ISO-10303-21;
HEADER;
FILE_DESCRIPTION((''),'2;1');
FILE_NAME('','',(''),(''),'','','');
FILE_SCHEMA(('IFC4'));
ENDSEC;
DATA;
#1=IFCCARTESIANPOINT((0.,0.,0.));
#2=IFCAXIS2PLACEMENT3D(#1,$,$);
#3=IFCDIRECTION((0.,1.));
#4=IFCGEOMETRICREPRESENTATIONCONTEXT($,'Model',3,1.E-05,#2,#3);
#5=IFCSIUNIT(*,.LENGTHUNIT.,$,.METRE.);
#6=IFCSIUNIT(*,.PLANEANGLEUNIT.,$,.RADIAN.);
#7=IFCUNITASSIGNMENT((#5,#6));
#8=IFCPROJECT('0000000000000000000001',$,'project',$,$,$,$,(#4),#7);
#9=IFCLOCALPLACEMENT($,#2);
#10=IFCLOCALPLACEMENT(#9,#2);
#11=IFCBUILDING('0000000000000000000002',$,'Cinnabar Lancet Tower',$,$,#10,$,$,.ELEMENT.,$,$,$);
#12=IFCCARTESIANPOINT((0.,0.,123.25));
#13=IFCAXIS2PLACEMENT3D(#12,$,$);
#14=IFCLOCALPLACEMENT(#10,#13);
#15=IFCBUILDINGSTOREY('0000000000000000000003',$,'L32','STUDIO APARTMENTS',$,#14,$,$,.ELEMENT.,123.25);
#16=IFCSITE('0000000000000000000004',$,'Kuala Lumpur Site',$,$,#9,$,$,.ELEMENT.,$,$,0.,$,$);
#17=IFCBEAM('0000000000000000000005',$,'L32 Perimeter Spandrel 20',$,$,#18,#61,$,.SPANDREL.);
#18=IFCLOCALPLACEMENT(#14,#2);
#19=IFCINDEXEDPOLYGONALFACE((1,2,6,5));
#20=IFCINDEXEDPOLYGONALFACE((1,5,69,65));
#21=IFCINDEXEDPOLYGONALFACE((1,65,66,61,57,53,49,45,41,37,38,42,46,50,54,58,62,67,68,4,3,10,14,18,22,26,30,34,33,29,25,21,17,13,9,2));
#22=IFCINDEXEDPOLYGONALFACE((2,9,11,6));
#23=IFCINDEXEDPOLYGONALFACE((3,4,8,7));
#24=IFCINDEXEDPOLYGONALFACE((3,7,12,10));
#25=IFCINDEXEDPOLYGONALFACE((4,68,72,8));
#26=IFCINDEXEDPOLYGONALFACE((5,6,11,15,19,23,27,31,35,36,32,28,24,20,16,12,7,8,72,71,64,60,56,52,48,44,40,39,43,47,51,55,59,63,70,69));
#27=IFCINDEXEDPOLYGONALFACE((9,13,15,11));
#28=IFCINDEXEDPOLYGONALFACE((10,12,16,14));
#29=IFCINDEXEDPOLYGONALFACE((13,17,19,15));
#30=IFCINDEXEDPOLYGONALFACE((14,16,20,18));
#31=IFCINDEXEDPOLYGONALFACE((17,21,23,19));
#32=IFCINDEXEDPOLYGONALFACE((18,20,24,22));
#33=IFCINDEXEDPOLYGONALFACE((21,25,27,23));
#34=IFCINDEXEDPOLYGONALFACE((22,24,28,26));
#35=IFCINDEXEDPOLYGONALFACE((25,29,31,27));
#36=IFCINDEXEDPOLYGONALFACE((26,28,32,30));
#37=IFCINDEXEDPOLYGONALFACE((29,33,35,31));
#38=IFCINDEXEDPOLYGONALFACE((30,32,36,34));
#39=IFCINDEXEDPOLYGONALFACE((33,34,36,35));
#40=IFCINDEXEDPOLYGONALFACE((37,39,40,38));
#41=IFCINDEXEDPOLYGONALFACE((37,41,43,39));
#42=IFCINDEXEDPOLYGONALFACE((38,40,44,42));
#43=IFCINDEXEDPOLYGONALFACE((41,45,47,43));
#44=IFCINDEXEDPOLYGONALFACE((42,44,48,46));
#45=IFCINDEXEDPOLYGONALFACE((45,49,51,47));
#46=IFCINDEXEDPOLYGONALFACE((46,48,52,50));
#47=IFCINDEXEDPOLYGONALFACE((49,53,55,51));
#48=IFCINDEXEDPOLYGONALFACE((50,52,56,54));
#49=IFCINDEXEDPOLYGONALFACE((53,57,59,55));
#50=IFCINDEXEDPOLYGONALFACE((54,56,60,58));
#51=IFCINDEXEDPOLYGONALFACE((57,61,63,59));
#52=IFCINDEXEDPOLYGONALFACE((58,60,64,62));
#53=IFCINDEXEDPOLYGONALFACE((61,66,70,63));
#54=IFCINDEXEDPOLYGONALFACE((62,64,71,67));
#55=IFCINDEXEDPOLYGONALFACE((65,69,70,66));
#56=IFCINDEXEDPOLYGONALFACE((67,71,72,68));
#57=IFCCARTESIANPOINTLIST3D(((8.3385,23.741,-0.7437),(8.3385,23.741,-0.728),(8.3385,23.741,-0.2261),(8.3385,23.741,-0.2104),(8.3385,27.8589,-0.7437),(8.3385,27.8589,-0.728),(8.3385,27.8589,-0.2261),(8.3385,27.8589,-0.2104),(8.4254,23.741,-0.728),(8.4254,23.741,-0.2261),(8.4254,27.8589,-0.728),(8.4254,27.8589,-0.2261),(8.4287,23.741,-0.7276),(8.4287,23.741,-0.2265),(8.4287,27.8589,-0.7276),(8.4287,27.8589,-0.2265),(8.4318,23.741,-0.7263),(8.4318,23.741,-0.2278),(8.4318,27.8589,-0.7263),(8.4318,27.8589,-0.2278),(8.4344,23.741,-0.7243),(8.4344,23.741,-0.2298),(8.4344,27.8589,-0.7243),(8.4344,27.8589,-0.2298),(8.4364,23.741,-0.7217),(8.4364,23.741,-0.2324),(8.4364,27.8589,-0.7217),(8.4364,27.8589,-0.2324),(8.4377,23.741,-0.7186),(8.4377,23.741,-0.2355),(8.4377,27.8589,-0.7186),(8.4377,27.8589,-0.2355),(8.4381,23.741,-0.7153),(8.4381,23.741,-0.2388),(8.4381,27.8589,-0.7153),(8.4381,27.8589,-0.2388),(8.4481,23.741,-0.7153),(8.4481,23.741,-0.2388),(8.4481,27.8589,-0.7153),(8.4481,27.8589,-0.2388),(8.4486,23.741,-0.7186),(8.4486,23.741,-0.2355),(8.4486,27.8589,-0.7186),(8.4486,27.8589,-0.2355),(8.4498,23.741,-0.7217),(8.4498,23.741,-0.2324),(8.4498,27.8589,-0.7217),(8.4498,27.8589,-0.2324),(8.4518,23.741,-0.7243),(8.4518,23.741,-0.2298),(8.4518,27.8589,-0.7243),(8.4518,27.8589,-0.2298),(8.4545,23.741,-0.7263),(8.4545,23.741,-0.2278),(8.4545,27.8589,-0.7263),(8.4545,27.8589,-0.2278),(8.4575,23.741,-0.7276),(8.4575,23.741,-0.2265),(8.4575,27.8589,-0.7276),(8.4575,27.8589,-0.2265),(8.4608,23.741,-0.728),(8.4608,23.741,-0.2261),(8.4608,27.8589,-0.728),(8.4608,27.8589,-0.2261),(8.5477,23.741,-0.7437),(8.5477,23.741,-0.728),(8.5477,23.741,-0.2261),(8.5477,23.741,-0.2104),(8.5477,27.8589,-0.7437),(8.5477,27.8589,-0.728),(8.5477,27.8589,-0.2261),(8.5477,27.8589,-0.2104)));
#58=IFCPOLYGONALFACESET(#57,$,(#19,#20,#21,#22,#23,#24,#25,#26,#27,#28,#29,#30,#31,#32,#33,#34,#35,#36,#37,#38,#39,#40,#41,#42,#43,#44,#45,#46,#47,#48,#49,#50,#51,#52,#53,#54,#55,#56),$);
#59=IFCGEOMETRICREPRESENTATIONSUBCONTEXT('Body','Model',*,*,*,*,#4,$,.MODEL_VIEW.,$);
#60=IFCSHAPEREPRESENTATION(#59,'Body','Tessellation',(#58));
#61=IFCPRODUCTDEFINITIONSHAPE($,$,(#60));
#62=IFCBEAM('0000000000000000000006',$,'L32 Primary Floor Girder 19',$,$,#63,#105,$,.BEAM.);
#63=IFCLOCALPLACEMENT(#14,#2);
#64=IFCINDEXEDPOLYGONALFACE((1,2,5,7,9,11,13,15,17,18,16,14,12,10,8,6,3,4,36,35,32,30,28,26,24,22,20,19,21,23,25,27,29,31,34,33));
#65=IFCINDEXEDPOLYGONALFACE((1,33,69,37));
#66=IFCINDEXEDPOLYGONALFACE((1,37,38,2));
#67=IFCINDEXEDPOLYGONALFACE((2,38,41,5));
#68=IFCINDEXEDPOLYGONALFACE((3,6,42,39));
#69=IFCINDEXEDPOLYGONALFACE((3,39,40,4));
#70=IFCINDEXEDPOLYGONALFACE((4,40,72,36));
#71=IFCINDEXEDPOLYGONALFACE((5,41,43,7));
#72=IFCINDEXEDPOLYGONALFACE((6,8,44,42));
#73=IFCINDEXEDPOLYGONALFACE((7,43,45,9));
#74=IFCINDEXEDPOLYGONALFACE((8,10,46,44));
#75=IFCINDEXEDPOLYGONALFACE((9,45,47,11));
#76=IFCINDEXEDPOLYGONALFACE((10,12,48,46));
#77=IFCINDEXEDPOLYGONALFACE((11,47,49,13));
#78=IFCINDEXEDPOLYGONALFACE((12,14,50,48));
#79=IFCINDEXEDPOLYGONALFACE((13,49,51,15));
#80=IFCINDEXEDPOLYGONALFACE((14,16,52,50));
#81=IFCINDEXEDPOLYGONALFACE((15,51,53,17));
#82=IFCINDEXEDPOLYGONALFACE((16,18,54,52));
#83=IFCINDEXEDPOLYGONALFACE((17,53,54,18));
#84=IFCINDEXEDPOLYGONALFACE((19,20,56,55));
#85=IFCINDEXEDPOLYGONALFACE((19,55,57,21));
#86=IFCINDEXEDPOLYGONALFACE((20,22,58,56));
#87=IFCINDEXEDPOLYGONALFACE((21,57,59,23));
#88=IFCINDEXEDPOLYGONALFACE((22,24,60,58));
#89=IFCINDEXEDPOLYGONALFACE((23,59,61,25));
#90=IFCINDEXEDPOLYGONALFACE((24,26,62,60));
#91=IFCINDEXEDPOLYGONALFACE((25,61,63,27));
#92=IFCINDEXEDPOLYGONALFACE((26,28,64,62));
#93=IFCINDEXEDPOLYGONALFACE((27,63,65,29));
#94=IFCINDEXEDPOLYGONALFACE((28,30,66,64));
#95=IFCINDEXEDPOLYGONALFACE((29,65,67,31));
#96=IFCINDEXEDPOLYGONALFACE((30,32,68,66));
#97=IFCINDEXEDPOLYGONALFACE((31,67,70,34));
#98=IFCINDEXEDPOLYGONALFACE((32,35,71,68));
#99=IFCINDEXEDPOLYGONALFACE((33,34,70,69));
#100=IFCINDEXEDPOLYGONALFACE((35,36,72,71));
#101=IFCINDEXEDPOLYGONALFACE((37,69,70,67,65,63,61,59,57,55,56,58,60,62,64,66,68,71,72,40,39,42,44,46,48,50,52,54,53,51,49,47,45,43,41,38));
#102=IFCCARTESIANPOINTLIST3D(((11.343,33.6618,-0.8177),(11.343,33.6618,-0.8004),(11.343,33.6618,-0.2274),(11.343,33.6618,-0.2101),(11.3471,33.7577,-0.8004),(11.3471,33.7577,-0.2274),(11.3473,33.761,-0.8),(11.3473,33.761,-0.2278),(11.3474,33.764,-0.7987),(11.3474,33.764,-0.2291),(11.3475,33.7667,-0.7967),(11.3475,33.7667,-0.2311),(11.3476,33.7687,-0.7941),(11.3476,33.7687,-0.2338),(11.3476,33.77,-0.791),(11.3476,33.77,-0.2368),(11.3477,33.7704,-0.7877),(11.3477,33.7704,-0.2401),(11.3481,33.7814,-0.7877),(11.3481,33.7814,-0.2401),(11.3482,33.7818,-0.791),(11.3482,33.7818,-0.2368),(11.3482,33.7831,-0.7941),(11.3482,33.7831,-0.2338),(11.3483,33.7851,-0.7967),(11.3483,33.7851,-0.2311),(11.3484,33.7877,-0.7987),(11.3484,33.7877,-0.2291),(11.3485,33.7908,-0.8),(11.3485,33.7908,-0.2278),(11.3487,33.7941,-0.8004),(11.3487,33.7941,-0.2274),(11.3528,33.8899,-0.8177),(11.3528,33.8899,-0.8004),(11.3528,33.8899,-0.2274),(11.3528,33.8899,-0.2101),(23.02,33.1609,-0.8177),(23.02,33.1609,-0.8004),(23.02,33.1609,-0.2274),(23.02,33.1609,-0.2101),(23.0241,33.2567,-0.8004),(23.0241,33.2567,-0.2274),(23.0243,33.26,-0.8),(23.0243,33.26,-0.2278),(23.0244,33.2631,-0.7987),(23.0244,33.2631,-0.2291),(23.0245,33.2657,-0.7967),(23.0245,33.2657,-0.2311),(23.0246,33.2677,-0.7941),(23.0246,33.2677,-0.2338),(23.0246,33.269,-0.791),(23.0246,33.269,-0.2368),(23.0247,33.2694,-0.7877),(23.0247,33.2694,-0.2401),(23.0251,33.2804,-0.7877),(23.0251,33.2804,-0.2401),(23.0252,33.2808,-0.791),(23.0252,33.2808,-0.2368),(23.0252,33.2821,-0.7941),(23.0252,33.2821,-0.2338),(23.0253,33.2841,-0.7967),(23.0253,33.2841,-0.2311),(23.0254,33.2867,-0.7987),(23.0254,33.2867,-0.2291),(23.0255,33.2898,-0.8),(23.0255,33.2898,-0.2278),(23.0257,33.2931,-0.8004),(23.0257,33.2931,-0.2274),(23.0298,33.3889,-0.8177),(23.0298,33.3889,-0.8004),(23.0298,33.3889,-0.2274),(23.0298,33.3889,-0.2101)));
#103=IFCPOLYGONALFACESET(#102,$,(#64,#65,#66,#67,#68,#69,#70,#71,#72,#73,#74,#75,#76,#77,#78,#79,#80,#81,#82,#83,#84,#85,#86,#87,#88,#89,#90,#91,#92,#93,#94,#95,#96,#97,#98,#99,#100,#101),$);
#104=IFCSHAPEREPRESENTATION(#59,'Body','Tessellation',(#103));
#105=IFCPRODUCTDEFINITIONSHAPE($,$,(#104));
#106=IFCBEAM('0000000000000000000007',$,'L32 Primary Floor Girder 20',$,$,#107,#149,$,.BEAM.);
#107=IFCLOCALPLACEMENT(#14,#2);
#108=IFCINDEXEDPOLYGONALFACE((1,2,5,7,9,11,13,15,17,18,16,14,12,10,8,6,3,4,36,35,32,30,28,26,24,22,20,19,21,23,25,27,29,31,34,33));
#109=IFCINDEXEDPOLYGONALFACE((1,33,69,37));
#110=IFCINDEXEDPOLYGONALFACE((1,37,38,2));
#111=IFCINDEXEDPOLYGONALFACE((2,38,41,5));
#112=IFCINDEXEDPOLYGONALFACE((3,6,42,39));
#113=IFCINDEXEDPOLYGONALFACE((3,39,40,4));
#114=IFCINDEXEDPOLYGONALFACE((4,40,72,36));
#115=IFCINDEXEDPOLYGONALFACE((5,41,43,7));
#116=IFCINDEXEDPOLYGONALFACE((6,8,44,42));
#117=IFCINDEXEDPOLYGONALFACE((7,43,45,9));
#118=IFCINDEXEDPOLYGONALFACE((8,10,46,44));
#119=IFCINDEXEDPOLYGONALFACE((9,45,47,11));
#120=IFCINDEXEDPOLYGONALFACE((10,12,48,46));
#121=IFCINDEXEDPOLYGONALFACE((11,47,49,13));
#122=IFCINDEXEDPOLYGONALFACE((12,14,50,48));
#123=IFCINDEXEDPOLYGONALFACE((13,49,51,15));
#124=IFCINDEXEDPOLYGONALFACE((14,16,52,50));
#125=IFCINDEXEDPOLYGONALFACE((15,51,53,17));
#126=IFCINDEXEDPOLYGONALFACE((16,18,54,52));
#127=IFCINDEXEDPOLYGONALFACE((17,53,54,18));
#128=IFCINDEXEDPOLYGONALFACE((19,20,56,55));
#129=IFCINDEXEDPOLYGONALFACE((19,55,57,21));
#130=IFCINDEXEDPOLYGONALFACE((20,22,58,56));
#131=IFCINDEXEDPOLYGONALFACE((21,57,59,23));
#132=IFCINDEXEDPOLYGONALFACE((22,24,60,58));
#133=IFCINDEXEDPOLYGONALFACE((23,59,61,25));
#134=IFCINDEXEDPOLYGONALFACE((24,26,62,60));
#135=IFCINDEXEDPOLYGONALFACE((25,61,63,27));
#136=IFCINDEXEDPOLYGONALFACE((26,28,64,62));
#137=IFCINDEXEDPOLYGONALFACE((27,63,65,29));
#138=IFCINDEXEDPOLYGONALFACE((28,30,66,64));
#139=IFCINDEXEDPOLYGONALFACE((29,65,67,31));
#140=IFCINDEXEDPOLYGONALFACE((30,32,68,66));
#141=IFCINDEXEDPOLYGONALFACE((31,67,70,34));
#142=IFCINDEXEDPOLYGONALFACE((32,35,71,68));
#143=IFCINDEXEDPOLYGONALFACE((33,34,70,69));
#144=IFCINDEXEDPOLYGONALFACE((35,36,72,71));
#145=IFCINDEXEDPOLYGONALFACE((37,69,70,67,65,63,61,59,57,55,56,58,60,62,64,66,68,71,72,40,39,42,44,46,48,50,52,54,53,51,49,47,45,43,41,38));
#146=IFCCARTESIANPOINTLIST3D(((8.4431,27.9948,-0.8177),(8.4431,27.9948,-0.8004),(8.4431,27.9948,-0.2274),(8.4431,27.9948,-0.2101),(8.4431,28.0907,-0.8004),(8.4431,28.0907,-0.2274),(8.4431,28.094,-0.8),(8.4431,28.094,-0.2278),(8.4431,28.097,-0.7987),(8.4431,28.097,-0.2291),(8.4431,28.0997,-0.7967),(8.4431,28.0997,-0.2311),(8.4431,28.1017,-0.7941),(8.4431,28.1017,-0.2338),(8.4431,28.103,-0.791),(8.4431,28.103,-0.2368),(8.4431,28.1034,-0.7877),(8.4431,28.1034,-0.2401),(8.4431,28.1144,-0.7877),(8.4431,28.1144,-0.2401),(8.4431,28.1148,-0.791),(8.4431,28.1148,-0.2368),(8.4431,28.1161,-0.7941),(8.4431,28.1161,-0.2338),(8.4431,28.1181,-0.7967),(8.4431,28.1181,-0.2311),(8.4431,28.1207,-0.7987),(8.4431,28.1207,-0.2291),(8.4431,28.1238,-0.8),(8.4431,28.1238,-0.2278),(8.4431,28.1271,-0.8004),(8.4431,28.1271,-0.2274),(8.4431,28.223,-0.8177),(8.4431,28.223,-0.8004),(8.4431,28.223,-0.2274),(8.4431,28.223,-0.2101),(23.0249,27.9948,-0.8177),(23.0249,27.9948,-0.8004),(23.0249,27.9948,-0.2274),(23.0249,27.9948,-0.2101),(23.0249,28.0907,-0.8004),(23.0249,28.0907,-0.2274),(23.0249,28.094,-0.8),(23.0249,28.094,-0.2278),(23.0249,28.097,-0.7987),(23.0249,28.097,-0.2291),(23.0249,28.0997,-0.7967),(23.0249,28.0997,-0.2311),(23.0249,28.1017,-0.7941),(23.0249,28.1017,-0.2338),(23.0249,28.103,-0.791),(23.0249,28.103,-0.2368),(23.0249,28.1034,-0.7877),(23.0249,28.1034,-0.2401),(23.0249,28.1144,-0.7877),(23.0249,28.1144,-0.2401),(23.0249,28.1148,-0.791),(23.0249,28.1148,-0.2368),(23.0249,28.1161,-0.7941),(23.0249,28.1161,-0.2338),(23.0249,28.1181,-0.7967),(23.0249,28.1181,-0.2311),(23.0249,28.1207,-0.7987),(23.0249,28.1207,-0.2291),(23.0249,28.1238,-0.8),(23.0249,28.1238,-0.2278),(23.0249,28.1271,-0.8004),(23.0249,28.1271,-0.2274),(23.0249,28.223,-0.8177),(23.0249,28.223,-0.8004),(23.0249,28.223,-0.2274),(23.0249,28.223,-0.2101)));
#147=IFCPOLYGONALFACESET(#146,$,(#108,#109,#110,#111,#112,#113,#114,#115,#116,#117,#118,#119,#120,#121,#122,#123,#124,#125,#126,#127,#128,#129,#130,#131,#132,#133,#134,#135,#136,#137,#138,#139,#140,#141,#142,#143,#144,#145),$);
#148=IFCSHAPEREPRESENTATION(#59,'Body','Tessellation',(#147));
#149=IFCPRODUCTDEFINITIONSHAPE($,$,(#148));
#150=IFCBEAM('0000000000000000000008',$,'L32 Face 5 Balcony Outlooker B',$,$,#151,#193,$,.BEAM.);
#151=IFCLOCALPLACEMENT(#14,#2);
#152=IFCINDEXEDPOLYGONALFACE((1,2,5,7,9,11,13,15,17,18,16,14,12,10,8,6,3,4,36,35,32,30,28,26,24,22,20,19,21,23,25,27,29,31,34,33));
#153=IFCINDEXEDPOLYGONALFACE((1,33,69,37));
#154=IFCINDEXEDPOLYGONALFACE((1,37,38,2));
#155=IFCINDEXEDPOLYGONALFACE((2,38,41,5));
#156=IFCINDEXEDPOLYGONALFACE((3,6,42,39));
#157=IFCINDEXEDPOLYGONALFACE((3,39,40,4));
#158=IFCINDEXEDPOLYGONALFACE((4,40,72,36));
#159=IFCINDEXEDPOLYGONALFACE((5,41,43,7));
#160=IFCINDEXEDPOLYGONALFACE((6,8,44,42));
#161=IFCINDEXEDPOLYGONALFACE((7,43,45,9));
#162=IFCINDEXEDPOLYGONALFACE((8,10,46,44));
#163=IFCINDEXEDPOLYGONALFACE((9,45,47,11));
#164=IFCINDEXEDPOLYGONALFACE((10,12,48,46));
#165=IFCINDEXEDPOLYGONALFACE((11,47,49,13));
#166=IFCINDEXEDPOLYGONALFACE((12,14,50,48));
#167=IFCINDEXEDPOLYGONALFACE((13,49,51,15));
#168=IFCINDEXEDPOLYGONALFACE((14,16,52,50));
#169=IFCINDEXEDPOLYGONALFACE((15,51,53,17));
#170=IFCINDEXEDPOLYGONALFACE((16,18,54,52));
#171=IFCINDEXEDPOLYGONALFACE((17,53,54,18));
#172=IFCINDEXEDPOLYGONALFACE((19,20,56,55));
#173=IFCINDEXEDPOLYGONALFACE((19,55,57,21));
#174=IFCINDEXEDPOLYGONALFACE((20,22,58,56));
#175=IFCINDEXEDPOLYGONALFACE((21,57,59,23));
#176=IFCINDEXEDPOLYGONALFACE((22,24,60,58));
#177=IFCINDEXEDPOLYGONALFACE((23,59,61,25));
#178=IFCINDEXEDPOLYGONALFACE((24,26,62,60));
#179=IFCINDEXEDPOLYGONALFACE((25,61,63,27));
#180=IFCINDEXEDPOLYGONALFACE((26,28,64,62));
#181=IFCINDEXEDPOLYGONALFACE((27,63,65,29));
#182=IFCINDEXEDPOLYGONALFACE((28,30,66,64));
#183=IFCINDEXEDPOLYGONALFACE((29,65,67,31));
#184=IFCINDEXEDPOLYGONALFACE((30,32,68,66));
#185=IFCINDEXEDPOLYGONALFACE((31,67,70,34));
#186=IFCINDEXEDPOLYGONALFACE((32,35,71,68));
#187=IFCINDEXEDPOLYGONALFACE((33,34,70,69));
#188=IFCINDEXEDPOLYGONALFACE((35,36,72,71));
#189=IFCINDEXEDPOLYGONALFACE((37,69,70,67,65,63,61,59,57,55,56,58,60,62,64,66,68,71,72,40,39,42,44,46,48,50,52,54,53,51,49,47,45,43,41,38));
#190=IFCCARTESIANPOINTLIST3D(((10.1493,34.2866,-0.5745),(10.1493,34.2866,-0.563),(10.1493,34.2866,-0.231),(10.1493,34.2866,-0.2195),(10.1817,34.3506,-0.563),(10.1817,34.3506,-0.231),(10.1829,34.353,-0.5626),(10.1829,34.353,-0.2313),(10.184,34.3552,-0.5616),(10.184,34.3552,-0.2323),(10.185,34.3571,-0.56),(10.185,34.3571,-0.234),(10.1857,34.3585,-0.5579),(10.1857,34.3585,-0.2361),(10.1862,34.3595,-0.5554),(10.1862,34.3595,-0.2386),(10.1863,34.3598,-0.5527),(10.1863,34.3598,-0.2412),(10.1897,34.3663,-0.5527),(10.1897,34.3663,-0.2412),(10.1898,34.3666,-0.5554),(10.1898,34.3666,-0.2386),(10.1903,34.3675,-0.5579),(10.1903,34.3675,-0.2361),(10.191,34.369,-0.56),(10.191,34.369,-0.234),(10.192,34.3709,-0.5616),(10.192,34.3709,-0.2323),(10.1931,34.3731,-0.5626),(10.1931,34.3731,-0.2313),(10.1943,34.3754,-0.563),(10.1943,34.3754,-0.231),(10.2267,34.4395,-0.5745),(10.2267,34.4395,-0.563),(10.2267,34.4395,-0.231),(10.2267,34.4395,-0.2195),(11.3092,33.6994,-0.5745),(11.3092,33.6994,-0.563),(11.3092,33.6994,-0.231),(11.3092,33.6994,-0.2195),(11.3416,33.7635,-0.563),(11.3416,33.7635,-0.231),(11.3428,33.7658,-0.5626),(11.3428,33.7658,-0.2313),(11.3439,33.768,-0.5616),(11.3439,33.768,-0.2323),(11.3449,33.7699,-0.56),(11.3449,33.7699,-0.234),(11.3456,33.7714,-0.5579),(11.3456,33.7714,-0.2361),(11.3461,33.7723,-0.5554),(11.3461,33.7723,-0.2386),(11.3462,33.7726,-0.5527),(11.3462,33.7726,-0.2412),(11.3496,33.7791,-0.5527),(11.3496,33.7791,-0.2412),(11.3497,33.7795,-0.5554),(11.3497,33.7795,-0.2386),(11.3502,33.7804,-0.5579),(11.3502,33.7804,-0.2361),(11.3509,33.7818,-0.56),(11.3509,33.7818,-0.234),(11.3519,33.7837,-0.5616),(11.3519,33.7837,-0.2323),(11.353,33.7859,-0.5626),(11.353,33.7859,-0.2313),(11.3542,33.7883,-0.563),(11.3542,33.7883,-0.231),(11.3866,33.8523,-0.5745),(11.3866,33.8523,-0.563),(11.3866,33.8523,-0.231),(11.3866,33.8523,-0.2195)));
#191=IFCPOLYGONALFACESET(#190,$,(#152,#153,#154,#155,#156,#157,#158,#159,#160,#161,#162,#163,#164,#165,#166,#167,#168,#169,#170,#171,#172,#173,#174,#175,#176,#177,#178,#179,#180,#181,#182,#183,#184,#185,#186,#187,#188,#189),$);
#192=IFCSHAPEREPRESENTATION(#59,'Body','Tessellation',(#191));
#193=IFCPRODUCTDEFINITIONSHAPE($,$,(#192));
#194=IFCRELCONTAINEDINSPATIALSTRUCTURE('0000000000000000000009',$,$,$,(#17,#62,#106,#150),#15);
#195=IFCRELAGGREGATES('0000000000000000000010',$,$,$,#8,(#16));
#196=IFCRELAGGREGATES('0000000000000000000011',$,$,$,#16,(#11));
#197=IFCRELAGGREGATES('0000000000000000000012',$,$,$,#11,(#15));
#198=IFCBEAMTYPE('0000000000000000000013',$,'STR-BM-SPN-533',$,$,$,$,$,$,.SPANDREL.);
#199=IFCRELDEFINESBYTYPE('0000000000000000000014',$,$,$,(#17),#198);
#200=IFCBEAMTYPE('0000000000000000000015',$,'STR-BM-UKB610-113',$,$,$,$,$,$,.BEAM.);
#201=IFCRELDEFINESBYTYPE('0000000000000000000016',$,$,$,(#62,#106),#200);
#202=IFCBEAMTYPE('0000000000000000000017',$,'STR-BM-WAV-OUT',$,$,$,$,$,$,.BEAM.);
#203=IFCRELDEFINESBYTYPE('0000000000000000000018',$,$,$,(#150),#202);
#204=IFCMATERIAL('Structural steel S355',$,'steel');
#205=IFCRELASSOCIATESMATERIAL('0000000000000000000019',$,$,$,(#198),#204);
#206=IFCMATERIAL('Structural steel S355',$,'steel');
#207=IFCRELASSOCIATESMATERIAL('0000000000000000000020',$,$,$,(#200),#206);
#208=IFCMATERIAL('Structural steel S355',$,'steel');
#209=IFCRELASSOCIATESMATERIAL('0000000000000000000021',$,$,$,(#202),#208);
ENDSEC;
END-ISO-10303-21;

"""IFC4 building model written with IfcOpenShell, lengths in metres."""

from ifc_helpers import new_model, si_unit, direction, frame, origin, origin_2d, place, context, subcontext, project, spatial, i_section, extrude, material, material_profile, profile_set, type_object, element, save


model = new_model("IFC4")

# Units and contexts
model_context = context("Model", 3, precision=1e-05, world=origin(), true_north=direction((0.0, 1.0)))
body_context = subcontext(model_context, "Body", "Model", "MODEL_VIEW")
ifc_project = project(units=[si_unit("LENGTHUNIT", "METRE"), si_unit("PLANEANGLEUNIT", "RADIAN")], contexts=[model_context])

# Site, building, storey
site_placement = place(None, origin())
site = spatial("IfcSite", under=ifc_project, at=site_placement, Name="Kuala Lumpur Site", CompositionType="ELEMENT", RefElevation=0.0)
building_placement = place(site_placement, origin())
building = spatial("IfcBuilding", under=site, at=building_placement, Name="Cinnabar Lancet Tower", CompositionType="ELEMENT")
storey_placement = place(building_placement, frame((0.0, 0.0, 123.25)))
storey = spatial("IfcBuildingStorey", under=building, at=storey_placement, Name="L32", Description="STUDIO APARTMENTS", CompositionType="ELEMENT", Elevation=123.25)

# Beams
ifc_material_1 = material(Name="Structural steel S355", Category="steel")
ifc_material_profile_1 = material_profile(ifc_material_1, i_section(OverallWidth=0.2092, OverallDepth=0.5332, WebThickness=0.01, FlangeThickness=0.0156, FilletRadius=0.0127, at=origin_2d()), Name="UKB 533x210x92")
ifc_profile_set_1 = profile_set([ifc_material_profile_1], Name="Structural steel S355")
beam_type_1 = type_object("IfcBeamType", Name="STR-BM-SPN-533", PredefinedType="SPANDREL", material=ifc_profile_set_1)
beam_1_placement = place(storey_placement, frame((8.4431, 27.8589, -0.4771), z_axis=(0.0, -1.0, 0.0), x_axis=(1.0, 0.0, 0.0)))
element("IfcBeam", 1, at=beam_1_placement, inside=storey, type_object=beam_type_1, Name="L32 Perimeter Spandrel 20", PredefinedType="SPANDREL", context=body_context, shape_type="SweptSolid", body=[
    extrude(i_section(OverallWidth=0.2092, OverallDepth=0.5332, WebThickness=0.01, FlangeThickness=0.0156, FilletRadius=0.0127, at=origin_2d()), origin(), (0.0, 0.0, 1.0), 4.1179),
])
ifc_material_2 = material(Name="Structural steel S355", Category="steel")
ifc_material_profile_2 = material_profile(ifc_material_2, i_section(OverallWidth=0.2283, OverallDepth=0.6077, WebThickness=0.011, FlangeThickness=0.0173, FilletRadius=0.0127, at=origin_2d()), Name="UKB 610x229x113")
ifc_profile_set_2 = profile_set([ifc_material_profile_2], Name="Structural steel S355")
beam_type_2 = type_object("IfcBeamType", Name="STR-BM-UKB610-113", PredefinedType="BEAM", material=ifc_profile_set_2)
beam_2_placement = place(storey_placement, frame((11.3479, 33.7759, -0.5139), z_axis=(0.999081, -0.042863, 0.0), x_axis=(0.042863, 0.999081, 0.0)))
element("IfcBeam", 2, at=beam_2_placement, inside=storey, type_object=beam_type_2, Name="L32 Primary Floor Girder 19", PredefinedType="BEAM", context=body_context, shape_type="SweptSolid", body=[
    extrude(i_section(OverallWidth=0.2283, OverallDepth=0.6077, WebThickness=0.011, FlangeThickness=0.0173, FilletRadius=0.0127, at=origin_2d()), origin(), (0.0, 0.0, 1.0), 11.6877),
])
beam_3_placement = place(storey_placement, frame((8.4431, 28.1089, -0.5139), z_axis=(1.0, 0.0, 0.0), x_axis=(0.0, 1.0, 0.0)))
element("IfcBeam", 3, at=beam_3_placement, inside=storey, type_object=beam_type_2, Name="L32 Primary Floor Girder 20", PredefinedType="BEAM", context=body_context, shape_type="SweptSolid", body=[
    extrude(i_section(OverallWidth=0.2283, OverallDepth=0.6077, WebThickness=0.011, FlangeThickness=0.0173, FilletRadius=0.0127, at=origin_2d()), origin(), (0.0, 0.0, 1.0), 14.5818),
])
ifc_material_3 = material(Name="Structural steel S355", Category="steel")
ifc_material_profile_3 = material_profile(ifc_material_3, i_section(OverallWidth=0.1714, OverallDepth=0.355, WebThickness=0.0073, FlangeThickness=0.0115, FilletRadius=0.0103, at=origin_2d()), Name="UKB 356x171x51")
ifc_profile_set_3 = profile_set([ifc_material_profile_3], Name="Structural steel S355")
beam_type_3 = type_object("IfcBeamType", Name="STR-BM-WAV-OUT", PredefinedType="BEAM", material=ifc_profile_set_3)
beam_4_placement = place(storey_placement, frame((11.3479, 33.7759, -0.397), z_axis=(-0.8922, 0.45164, 0.0), x_axis=(-0.45164, -0.8922, 0.0)))
element("IfcBeam", 4, at=beam_4_placement, inside=storey, type_object=beam_type_3, Name="L32 Face 5 Balcony Outlooker B", PredefinedType="BEAM", context=body_context, shape_type="SweptSolid", body=[
    extrude(i_section(OverallWidth=0.1714, OverallDepth=0.355, WebThickness=0.0073, FlangeThickness=0.0115, FilletRadius=0.0103, at=origin_2d()), origin(), (0.0, 0.0, 1.0), 1.3),
])

save(model, "model.ifc")
